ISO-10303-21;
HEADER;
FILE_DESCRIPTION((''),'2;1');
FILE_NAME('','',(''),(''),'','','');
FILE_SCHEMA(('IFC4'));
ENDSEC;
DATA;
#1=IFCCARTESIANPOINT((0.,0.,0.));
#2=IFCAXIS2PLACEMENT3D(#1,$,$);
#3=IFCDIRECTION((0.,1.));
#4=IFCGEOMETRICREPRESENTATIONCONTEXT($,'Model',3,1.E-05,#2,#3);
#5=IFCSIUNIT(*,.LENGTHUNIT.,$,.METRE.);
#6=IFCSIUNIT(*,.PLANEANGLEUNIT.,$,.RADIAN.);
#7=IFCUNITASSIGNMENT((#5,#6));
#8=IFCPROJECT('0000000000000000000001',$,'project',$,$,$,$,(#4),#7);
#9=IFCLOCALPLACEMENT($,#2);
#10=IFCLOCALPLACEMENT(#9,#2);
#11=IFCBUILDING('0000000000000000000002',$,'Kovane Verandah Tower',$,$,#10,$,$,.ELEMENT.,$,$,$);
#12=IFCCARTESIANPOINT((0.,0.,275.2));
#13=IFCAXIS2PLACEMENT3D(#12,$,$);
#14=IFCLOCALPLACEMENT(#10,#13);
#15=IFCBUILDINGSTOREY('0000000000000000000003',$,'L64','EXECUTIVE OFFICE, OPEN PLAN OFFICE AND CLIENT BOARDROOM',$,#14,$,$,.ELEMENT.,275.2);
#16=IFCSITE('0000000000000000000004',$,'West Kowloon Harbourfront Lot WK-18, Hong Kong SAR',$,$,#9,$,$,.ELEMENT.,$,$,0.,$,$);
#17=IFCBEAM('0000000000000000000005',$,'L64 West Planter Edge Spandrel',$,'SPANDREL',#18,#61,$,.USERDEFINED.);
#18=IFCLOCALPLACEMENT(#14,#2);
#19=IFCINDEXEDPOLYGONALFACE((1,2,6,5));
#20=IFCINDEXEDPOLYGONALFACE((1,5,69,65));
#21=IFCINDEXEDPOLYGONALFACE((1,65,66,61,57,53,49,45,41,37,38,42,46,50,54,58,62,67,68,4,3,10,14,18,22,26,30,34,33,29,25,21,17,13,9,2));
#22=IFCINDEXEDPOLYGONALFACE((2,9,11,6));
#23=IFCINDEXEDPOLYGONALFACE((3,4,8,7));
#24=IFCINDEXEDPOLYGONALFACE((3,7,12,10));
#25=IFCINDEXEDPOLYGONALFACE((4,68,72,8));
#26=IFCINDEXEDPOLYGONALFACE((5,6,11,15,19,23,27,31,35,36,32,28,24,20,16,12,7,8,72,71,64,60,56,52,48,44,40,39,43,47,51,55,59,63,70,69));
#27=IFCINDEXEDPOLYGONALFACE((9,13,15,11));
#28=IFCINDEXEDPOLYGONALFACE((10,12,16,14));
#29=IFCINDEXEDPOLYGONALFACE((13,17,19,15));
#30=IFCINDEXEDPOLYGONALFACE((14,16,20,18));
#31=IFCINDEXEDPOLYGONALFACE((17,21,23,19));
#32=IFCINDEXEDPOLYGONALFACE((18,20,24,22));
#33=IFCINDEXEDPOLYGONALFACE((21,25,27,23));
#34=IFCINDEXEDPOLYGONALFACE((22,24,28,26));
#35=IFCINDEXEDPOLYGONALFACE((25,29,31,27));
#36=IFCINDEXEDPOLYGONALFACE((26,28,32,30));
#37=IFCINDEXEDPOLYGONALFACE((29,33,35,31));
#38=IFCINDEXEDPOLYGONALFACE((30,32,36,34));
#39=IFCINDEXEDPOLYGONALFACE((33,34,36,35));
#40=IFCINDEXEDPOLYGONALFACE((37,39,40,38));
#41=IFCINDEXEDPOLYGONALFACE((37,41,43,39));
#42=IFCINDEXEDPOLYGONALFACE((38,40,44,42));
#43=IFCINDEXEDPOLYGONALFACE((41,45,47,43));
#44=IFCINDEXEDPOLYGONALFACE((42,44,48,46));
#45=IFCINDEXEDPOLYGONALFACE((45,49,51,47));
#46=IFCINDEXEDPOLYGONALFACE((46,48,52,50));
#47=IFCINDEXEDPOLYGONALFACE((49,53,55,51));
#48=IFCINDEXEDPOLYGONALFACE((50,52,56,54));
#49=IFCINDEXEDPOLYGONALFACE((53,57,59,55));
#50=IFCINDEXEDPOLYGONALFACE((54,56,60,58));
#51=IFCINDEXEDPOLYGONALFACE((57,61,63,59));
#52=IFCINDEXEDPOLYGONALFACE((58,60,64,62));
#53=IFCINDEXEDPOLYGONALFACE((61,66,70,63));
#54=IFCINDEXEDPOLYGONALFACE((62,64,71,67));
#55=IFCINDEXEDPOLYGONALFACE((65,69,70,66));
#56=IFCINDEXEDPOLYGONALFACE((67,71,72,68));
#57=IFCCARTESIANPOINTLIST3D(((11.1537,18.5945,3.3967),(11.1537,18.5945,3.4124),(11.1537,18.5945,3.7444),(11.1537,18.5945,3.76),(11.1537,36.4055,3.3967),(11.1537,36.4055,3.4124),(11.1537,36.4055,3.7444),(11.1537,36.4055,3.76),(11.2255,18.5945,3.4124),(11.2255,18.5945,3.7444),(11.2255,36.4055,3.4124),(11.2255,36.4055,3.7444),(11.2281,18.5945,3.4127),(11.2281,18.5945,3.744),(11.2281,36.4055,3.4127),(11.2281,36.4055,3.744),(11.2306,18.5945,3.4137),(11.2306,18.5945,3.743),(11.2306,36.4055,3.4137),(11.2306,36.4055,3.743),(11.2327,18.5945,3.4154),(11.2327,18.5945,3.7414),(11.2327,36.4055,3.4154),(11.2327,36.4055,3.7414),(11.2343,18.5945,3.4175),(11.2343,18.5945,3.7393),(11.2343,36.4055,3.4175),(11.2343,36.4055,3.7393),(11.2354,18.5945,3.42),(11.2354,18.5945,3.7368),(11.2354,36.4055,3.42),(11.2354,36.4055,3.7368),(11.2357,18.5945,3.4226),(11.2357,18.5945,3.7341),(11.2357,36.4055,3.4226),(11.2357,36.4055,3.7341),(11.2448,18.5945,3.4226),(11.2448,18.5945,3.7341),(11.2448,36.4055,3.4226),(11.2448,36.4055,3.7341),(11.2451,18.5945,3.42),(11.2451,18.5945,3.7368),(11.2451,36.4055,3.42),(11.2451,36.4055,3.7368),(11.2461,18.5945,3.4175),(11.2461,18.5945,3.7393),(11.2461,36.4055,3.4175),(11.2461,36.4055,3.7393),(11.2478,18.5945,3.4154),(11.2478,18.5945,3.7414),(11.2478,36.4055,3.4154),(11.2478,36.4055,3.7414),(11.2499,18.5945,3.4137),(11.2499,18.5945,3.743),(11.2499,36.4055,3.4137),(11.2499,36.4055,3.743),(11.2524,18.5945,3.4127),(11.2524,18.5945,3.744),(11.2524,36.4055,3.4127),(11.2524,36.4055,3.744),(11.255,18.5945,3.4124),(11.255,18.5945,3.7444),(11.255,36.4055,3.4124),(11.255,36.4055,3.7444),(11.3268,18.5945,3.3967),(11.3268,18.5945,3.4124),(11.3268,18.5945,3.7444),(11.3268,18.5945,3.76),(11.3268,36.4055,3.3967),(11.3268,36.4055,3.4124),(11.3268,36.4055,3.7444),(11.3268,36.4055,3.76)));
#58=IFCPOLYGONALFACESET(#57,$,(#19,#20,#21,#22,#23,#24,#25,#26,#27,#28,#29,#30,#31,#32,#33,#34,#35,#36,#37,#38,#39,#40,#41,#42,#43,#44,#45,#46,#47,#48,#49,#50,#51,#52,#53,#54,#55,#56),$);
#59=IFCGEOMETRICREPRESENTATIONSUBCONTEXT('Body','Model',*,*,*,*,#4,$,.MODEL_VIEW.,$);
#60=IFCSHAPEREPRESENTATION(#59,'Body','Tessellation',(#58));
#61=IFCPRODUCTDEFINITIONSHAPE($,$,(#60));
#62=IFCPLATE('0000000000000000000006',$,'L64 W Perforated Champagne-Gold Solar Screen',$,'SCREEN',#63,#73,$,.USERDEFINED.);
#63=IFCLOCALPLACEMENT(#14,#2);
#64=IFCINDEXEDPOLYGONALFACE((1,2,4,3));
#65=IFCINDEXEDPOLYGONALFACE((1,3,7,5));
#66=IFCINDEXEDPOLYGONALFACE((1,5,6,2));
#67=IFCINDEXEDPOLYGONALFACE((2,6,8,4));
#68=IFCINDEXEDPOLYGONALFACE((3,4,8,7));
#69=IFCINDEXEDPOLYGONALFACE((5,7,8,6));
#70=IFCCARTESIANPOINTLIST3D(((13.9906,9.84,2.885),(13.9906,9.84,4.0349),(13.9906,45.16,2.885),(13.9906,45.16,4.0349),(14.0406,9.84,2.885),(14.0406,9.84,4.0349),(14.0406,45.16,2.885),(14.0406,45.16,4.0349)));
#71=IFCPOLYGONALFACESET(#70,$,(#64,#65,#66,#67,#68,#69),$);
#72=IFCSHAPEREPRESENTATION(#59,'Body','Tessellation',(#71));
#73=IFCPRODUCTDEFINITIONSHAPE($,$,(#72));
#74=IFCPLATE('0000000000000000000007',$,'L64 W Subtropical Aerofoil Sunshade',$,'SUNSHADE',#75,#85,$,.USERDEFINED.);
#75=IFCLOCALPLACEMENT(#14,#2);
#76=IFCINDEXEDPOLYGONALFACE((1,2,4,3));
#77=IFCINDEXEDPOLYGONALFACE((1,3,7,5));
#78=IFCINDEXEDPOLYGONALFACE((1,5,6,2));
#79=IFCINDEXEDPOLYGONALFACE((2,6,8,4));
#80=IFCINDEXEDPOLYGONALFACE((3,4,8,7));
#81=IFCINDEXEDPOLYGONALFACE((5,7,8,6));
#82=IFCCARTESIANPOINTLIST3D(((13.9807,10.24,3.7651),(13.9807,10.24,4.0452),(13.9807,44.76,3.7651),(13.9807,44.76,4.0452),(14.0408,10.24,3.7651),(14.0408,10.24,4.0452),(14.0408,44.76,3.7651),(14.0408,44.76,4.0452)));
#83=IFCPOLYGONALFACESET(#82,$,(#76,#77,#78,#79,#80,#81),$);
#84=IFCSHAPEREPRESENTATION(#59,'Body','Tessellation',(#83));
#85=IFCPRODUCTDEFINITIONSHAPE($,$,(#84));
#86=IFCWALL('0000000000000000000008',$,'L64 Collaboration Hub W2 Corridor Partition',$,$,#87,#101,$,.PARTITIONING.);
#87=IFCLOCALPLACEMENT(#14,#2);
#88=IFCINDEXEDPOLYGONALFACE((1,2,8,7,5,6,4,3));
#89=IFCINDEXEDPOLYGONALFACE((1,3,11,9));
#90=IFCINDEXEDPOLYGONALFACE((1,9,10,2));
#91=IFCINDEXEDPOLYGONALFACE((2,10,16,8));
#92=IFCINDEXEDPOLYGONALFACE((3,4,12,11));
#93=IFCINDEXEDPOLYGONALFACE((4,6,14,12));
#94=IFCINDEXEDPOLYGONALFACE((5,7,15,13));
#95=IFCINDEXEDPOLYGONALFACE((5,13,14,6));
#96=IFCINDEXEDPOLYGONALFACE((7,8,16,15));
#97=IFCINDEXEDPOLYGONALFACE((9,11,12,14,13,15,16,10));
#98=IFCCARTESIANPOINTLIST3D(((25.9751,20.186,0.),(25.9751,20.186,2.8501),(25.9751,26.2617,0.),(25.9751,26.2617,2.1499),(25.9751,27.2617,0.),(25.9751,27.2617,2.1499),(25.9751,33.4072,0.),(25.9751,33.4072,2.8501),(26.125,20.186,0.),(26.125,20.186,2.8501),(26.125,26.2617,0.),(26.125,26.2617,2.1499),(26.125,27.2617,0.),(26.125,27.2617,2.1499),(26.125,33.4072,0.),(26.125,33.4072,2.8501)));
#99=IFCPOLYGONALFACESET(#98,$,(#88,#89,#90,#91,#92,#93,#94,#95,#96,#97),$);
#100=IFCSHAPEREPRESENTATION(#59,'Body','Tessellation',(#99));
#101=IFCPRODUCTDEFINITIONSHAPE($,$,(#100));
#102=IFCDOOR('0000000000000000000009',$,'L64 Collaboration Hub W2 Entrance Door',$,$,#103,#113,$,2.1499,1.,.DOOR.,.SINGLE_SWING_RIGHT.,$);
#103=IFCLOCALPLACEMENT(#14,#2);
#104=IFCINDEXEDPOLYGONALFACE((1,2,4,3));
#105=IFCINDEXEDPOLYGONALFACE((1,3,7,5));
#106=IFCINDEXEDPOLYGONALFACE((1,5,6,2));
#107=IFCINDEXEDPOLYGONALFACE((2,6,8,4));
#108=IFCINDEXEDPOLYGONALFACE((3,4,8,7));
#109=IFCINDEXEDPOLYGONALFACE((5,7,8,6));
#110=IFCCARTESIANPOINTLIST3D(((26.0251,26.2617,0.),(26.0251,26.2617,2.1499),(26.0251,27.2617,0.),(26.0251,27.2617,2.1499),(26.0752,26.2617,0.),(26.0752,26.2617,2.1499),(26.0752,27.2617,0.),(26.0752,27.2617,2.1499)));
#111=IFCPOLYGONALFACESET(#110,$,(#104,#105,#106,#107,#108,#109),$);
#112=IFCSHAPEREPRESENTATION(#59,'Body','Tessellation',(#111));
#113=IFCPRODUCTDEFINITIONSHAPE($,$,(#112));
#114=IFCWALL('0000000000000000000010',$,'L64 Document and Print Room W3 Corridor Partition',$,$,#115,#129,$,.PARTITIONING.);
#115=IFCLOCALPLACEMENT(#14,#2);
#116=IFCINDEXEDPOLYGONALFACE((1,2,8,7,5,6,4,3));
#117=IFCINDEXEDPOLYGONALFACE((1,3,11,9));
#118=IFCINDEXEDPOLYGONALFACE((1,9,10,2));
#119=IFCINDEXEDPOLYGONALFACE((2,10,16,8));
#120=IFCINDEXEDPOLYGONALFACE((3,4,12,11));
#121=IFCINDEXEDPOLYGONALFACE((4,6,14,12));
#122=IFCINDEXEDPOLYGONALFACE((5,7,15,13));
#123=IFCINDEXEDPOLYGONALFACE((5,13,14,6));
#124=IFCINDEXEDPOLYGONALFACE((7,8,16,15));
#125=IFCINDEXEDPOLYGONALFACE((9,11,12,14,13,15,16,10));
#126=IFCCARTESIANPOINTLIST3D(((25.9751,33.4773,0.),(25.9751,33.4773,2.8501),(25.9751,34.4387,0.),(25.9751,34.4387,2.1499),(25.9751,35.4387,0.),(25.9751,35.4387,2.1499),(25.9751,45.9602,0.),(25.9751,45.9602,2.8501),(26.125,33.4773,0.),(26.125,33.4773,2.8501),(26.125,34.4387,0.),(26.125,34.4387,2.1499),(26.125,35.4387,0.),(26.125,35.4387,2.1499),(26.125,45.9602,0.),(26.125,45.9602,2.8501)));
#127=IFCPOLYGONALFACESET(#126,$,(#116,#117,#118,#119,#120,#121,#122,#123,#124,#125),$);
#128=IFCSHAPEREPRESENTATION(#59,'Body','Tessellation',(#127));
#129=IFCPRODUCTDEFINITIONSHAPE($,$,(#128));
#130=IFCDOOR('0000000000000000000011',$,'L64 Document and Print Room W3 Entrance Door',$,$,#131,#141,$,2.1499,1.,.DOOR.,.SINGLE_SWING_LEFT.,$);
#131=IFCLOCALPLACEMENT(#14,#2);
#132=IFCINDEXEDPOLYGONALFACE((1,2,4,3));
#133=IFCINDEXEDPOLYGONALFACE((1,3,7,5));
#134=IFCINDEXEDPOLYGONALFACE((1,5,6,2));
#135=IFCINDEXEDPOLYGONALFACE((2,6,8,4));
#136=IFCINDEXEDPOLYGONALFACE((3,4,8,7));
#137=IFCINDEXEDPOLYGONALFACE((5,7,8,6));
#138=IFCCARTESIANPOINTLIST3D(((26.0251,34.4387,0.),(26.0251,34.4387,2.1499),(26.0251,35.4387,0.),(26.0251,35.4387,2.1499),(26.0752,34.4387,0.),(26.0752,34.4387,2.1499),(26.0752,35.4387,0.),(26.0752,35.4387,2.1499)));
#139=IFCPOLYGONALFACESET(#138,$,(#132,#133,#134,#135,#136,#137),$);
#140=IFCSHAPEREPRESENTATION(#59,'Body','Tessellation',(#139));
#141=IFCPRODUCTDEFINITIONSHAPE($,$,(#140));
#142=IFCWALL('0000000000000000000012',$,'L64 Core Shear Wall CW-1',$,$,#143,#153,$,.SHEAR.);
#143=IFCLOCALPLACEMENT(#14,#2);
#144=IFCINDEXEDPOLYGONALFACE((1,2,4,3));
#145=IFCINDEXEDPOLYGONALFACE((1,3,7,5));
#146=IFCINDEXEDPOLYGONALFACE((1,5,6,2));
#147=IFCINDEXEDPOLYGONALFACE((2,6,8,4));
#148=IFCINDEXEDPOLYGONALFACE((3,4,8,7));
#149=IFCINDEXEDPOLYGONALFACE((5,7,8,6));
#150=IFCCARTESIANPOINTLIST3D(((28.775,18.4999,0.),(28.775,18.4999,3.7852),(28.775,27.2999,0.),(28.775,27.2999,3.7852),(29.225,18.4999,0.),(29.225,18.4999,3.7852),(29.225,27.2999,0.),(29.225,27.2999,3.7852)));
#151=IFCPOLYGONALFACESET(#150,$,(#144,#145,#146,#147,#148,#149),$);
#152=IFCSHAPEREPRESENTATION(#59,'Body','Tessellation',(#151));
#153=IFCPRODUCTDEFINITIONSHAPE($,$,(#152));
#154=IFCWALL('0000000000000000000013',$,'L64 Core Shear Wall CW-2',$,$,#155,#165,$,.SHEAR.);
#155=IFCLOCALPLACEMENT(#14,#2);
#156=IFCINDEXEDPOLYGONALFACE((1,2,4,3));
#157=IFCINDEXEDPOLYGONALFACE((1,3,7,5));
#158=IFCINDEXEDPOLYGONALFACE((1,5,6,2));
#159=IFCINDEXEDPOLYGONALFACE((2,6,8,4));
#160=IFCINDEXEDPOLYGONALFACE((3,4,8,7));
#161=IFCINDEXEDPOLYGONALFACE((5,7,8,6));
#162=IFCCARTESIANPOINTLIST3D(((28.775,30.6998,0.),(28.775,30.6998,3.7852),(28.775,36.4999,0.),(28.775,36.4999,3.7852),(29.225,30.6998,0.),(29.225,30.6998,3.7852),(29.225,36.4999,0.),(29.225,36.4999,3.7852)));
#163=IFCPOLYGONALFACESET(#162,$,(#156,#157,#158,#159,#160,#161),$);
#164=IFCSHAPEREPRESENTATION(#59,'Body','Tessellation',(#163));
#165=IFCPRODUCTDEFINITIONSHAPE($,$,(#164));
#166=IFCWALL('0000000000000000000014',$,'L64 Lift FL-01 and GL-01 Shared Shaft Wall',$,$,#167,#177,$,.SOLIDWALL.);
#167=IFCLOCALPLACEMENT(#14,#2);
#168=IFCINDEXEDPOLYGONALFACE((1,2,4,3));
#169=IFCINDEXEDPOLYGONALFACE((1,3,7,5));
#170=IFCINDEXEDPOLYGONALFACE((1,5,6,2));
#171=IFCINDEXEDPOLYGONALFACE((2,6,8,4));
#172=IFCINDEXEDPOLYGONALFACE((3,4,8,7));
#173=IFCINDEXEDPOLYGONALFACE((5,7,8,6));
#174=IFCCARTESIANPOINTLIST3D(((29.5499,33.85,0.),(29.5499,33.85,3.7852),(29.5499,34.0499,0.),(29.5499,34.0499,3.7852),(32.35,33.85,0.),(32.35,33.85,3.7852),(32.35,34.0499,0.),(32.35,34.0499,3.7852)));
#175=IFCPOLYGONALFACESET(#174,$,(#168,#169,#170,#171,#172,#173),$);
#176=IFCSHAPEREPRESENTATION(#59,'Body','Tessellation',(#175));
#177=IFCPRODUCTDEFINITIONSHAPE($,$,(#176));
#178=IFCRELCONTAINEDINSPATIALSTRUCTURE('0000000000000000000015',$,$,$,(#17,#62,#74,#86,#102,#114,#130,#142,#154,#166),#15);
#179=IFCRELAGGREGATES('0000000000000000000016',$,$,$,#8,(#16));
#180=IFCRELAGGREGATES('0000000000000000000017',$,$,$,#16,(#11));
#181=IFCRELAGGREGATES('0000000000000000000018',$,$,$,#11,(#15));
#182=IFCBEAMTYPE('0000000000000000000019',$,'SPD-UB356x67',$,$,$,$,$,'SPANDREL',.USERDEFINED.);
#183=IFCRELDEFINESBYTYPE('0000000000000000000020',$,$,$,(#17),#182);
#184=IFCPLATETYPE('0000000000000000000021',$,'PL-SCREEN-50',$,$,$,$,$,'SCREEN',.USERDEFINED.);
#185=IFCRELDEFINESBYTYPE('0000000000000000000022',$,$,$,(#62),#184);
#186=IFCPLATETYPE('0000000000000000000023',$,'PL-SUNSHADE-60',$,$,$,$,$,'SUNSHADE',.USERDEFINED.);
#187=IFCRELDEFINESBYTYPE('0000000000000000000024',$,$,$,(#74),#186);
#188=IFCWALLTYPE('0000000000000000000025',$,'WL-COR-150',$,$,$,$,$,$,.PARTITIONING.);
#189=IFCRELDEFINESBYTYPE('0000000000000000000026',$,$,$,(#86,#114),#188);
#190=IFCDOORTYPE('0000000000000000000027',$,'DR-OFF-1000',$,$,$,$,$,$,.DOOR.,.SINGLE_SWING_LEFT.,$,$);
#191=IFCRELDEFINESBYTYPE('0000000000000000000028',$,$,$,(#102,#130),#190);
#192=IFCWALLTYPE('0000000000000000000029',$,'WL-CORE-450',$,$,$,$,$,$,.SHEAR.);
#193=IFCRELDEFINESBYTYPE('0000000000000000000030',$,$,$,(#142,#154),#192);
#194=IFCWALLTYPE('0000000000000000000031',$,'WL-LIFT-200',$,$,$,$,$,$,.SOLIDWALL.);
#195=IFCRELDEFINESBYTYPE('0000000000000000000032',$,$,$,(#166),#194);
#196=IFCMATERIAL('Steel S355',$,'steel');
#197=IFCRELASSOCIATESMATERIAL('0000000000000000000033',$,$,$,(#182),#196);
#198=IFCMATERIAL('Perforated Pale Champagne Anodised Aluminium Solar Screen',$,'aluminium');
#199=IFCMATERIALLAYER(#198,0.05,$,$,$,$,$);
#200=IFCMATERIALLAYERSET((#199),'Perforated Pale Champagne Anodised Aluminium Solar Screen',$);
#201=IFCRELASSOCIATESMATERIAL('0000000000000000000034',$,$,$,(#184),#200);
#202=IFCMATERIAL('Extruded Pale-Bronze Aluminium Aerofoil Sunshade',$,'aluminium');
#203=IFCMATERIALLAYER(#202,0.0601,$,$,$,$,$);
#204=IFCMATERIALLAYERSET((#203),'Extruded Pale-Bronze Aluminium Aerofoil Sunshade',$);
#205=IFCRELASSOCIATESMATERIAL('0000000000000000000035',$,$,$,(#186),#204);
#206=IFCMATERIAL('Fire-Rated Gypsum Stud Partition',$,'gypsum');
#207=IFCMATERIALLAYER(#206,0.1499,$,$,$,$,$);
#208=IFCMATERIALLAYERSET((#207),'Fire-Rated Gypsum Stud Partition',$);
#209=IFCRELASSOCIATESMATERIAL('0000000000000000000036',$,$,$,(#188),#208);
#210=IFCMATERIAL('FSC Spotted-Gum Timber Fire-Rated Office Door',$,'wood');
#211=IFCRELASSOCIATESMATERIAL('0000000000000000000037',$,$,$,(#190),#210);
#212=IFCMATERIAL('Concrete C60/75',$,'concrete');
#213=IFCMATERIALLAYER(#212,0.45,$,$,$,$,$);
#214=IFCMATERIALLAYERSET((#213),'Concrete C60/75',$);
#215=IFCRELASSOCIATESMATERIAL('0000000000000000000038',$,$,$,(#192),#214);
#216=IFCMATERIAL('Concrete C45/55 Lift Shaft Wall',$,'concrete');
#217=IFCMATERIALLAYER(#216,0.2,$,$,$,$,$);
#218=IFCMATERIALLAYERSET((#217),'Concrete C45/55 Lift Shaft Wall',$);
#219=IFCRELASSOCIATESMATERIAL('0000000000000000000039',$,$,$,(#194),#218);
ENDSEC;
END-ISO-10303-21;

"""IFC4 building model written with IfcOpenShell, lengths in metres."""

from ifc_helpers import new_model, si_unit, direction, frame, frame_2d, origin, origin_2d, place, context, subcontext, project, spatial, rectangle, i_section, extrude, material, layer, layer_set, material_profile, profile_set, type_object, element, fill, save


model = new_model("IFC4")

# Units and contexts
model_context = context("Model", 3, precision=1e-05, world=origin(), true_north=direction((0.0, 1.0)))
body_context = subcontext(model_context, "Body", "Model", "MODEL_VIEW")
ifc_project = project(units=[si_unit("LENGTHUNIT", "METRE"), si_unit("PLANEANGLEUNIT", "RADIAN")], contexts=[model_context])

# Site, building, storey
site_placement = place(None, origin())
site = spatial("IfcSite", under=ifc_project, at=site_placement, Name="West Kowloon Harbourfront Lot WK-18, Hong Kong SAR", CompositionType="ELEMENT", RefElevation=0.0)
building_placement = place(site_placement, origin())
building = spatial("IfcBuilding", under=site, at=building_placement, Name="Kovane Verandah Tower", CompositionType="ELEMENT")
storey_placement = place(building_placement, frame((0.0, 0.0, 275.2)))
storey = spatial("IfcBuildingStorey", under=building, at=storey_placement, Name="L64", Description="EXECUTIVE OFFICE, OPEN PLAN OFFICE AND CLIENT BOARDROOM", CompositionType="ELEMENT", Elevation=275.2)

# Beam
ifc_material_1 = material(Name="Concrete C60/75", Category="concrete")
ifc_material_2 = material(Name="Steel S355", Category="steel")
ifc_material_profile_1 = material_profile(ifc_material_2, i_section(OverallWidth=0.1731, OverallDepth=0.3633, WebThickness=0.009, FlangeThickness=0.0156, FilletRadius=0.0103, at=origin_2d()), Name="UB356x171x67")
ifc_profile_set_1 = profile_set([ifc_material_profile_1], Name="Steel S355")
beam_type_1 = type_object("IfcBeamType", Name="SPD-UB356x67", ElementType="SPANDREL", PredefinedType="USERDEFINED", material=ifc_profile_set_1)
beam_1_placement = place(storey_placement, frame((11.2402, 18.5945, 3.5784), z_axis=(0.0, 1.0, 0.0), x_axis=(-1.0, 0.0, 0.0)))
element("IfcBeam", 1, at=beam_1_placement, inside=storey, type_object=beam_type_1, Name="L64 West Planter Edge Spandrel", ObjectType="SPANDREL", PredefinedType="USERDEFINED", context=body_context, shape_type="SweptSolid", body=[
    extrude(i_section(OverallWidth=0.1731, OverallDepth=0.3633, WebThickness=0.009, FlangeThickness=0.0156, FilletRadius=0.0103, at=origin_2d()), origin(), (0.0, 0.0, 1.0), 17.811),
])

# Plates
ifc_material_3 = material(Name="Perforated Pale Champagne Anodised Aluminium Solar Screen", Category="aluminium")
ifc_layer_1 = layer(ifc_material_3, 0.05)
ifc_layer_set_1 = layer_set([ifc_layer_1], Name="Perforated Pale Champagne Anodised Aluminium Solar Screen")
plate_type_1 = type_object("IfcPlateType", Name="PL-SCREEN-50", ElementType="SCREEN", PredefinedType="USERDEFINED", material=ifc_layer_set_1)
plate_1_placement = place(storey_placement, frame((14.0156, 27.5, 2.885), z_axis=(0.0, 0.0, 1.0), x_axis=(0.0, -1.0, 0.0)))
element("IfcPlate", 2, at=plate_1_placement, inside=storey, type_object=plate_type_1, Name="L64 W Perforated Champagne-Gold Solar Screen", ObjectType="SCREEN", PredefinedType="USERDEFINED", context=body_context, shape_type="SweptSolid", body=[
    extrude(rectangle(XDim=35.3201, YDim=0.05, at=origin_2d()), origin(), (0.0, 0.0, 1.0), 1.1499),
])
ifc_material_4 = material(Name="Extruded Pale-Bronze Aluminium Aerofoil Sunshade", Category="aluminium")
ifc_layer_2 = layer(ifc_material_4, 0.0601)
ifc_layer_set_2 = layer_set([ifc_layer_2], Name="Extruded Pale-Bronze Aluminium Aerofoil Sunshade")
plate_type_2 = type_object("IfcPlateType", Name="PL-SUNSHADE-60", ElementType="SUNSHADE", PredefinedType="USERDEFINED", material=ifc_layer_set_2)
plate_2_placement = place(storey_placement, frame((14.0107, 27.5, 3.7651), z_axis=(0.0, 0.0, 1.0), x_axis=(0.0, -1.0, 0.0)))
element("IfcPlate", 3, at=plate_2_placement, inside=storey, type_object=plate_type_2, Name="L64 W Subtropical Aerofoil Sunshade", ObjectType="SUNSHADE", PredefinedType="USERDEFINED", context=body_context, shape_type="SweptSolid", body=[
    extrude(rectangle(XDim=34.52, YDim=0.0601, at=origin_2d()), origin(), (0.0, 0.0, 1.0), 0.28),
])

# Walls, openings, doors
ifc_material_5 = material(Name="Fire-Rated Gypsum Stud Partition", Category="gypsum")
ifc_layer_3 = layer(ifc_material_5, 0.1499)
ifc_layer_set_3 = layer_set([ifc_layer_3], Name="Fire-Rated Gypsum Stud Partition")
wall_type_1 = type_object("IfcWallType", Name="WL-COR-150", PredefinedType="PARTITIONING", material=ifc_layer_set_3)
wall_1_placement = place(storey_placement, frame((26.05, 20.186, 0.0), z_axis=(0.0, 0.0, 1.0), x_axis=(0.0, 1.0, 0.0)))
wall_1 = element("IfcWall", 4, at=wall_1_placement, inside=storey, type_object=wall_type_1, Name="L64 Collaboration Hub W2 Corridor Partition", PredefinedType="PARTITIONING", context=body_context, shape_type="SweptSolid", body=[
    extrude(rectangle(XDim=13.2212, YDim=0.1499, at=frame_2d((6.6106, 0.0))), origin(), (0.0, 0.0, 1.0), 2.8501),
])
opening_1_placement = place(wall_1_placement, frame((6.0757, 0.0, 0.0)))
opening_1 = element("IfcOpeningElement", 5, at=opening_1_placement, cuts=wall_1, PredefinedType="OPENING", context=body_context, shape_type="SweptSolid", body=[
    extrude(rectangle(XDim=1.0, YDim=2.1499, at=frame_2d((0.5, 1.075))), frame((0.0, 0.075, 0.0), z_axis=(0.0, -1.0, 0.0), x_axis=(1.0, 0.0, 0.0)), (0.0, 0.0, 1.0), 0.1499),
])
ifc_material_6 = material(Name="FSC Spotted-Gum Timber Fire-Rated Office Door", Category="wood")
door_type_1 = type_object("IfcDoorType", Name="DR-OFF-1000", OperationType="SINGLE_SWING_LEFT", PredefinedType="DOOR", material=ifc_material_6)
door_1_placement = place(opening_1_placement, origin())
door_1 = element("IfcDoor", 6, at=door_1_placement, inside=storey, type_object=door_type_1, Name="L64 Collaboration Hub W2 Entrance Door", OperationType="SINGLE_SWING_RIGHT", OverallHeight=2.1499, OverallWidth=1.0, PredefinedType="DOOR", context=body_context, shape_type="SweptSolid", body=[
    extrude(rectangle(XDim=1.0, YDim=2.1499, at=frame_2d((0.5, 1.075))), frame((0.0, 0.0249, 0.0), z_axis=(0.0, -1.0, 0.0), x_axis=(1.0, 0.0, 0.0)), (0.0, 0.0, 1.0), 0.05),
])
fill(opening_1, door_1)
wall_2_placement = place(storey_placement, frame((26.05, 33.4773, 0.0), z_axis=(0.0, 0.0, 1.0), x_axis=(0.0, 1.0, 0.0)))
wall_2 = element("IfcWall", 7, at=wall_2_placement, inside=storey, type_object=wall_type_1, Name="L64 Document and Print Room W3 Corridor Partition", PredefinedType="PARTITIONING", context=body_context, shape_type="SweptSolid", body=[
    extrude(rectangle(XDim=12.4829, YDim=0.1499, at=frame_2d((6.2415, 0.0))), origin(), (0.0, 0.0, 1.0), 2.8501),
])
opening_2_placement = place(wall_2_placement, frame((0.9614, 0.0, 0.0)))
opening_2 = element("IfcOpeningElement", 8, at=opening_2_placement, cuts=wall_2, PredefinedType="OPENING", context=body_context, shape_type="SweptSolid", body=[
    extrude(rectangle(XDim=1.0, YDim=2.1499, at=frame_2d((0.5, 1.075))), frame((0.0, 0.075, 0.0), z_axis=(0.0, -1.0, 0.0), x_axis=(1.0, 0.0, 0.0)), (0.0, 0.0, 1.0), 0.1499),
])
door_2_placement = place(opening_2_placement, origin())
door_2 = element("IfcDoor", 9, at=door_2_placement, inside=storey, type_object=door_type_1, Name="L64 Document and Print Room W3 Entrance Door", OperationType="SINGLE_SWING_LEFT", OverallHeight=2.1499, OverallWidth=1.0, PredefinedType="DOOR", context=body_context, shape_type="SweptSolid", body=[
    extrude(rectangle(XDim=1.0, YDim=2.1499, at=frame_2d((0.5, 1.075))), frame((0.0, 0.0249, 0.0), z_axis=(0.0, -1.0, 0.0), x_axis=(1.0, 0.0, 0.0)), (0.0, 0.0, 1.0), 0.05),
])
fill(opening_2, door_2)

# Walls
ifc_layer_4 = layer(ifc_material_1, 0.45)
ifc_layer_set_4 = layer_set([ifc_layer_4], Name="Concrete C60/75")
wall_type_2 = type_object("IfcWallType", Name="WL-CORE-450", PredefinedType="SHEAR", material=ifc_layer_set_4)
wall_3_placement = place(storey_placement, frame((29.0, 18.5, 0.0), z_axis=(0.0, 0.0, 1.0), x_axis=(0.0, 1.0, 0.0)))
element("IfcWall", 10, at=wall_3_placement, inside=storey, type_object=wall_type_2, Name="L64 Core Shear Wall CW-1", PredefinedType="SHEAR", context=body_context, shape_type="SweptSolid", body=[
    extrude(rectangle(XDim=8.8, YDim=0.45, at=frame_2d((4.3999, 0.0))), origin(), (0.0, 0.0, 1.0), 3.7852),
])
wall_4_placement = place(storey_placement, frame((29.0, 30.7, 0.0), z_axis=(0.0, 0.0, 1.0), x_axis=(0.0, 1.0, 0.0)))
element("IfcWall", 11, at=wall_4_placement, inside=storey, type_object=wall_type_2, Name="L64 Core Shear Wall CW-2", PredefinedType="SHEAR", context=body_context, shape_type="SweptSolid", body=[
    extrude(rectangle(XDim=5.8, YDim=0.45, at=frame_2d((2.8999, 0.0))), origin(), (0.0, 0.0, 1.0), 3.7852),
])

# Shared definitions
ifc_material_7 = material(Name="Concrete C45/55 Lift Shaft Wall", Category="concrete")
ifc_layer_5 = layer(ifc_material_7, 0.2)
ifc_layer_set_5 = layer_set([ifc_layer_5], Name="Concrete C45/55 Lift Shaft Wall")
wall_type_3 = type_object("IfcWallType", Name="WL-LIFT-200", PredefinedType="SOLIDWALL", material=ifc_layer_set_5)

# Wall
wall_5_placement = place(storey_placement, frame((29.55, 33.95, 0.0), z_axis=(0.0, 0.0, 1.0), x_axis=(1.0, 0.0, 0.0)))
element("IfcWall", 12, at=wall_5_placement, inside=storey, type_object=wall_type_3, Name="L64 Lift FL-01 and GL-01 Shared Shaft Wall", PredefinedType="SOLIDWALL", context=body_context, shape_type="SweptSolid", body=[
    extrude(rectangle(XDim=2.8, YDim=0.2, at=frame_2d((1.3999, 0.0))), origin(), (0.0, 0.0, 1.0), 3.7852),
])

save(model, "model.ifc")
